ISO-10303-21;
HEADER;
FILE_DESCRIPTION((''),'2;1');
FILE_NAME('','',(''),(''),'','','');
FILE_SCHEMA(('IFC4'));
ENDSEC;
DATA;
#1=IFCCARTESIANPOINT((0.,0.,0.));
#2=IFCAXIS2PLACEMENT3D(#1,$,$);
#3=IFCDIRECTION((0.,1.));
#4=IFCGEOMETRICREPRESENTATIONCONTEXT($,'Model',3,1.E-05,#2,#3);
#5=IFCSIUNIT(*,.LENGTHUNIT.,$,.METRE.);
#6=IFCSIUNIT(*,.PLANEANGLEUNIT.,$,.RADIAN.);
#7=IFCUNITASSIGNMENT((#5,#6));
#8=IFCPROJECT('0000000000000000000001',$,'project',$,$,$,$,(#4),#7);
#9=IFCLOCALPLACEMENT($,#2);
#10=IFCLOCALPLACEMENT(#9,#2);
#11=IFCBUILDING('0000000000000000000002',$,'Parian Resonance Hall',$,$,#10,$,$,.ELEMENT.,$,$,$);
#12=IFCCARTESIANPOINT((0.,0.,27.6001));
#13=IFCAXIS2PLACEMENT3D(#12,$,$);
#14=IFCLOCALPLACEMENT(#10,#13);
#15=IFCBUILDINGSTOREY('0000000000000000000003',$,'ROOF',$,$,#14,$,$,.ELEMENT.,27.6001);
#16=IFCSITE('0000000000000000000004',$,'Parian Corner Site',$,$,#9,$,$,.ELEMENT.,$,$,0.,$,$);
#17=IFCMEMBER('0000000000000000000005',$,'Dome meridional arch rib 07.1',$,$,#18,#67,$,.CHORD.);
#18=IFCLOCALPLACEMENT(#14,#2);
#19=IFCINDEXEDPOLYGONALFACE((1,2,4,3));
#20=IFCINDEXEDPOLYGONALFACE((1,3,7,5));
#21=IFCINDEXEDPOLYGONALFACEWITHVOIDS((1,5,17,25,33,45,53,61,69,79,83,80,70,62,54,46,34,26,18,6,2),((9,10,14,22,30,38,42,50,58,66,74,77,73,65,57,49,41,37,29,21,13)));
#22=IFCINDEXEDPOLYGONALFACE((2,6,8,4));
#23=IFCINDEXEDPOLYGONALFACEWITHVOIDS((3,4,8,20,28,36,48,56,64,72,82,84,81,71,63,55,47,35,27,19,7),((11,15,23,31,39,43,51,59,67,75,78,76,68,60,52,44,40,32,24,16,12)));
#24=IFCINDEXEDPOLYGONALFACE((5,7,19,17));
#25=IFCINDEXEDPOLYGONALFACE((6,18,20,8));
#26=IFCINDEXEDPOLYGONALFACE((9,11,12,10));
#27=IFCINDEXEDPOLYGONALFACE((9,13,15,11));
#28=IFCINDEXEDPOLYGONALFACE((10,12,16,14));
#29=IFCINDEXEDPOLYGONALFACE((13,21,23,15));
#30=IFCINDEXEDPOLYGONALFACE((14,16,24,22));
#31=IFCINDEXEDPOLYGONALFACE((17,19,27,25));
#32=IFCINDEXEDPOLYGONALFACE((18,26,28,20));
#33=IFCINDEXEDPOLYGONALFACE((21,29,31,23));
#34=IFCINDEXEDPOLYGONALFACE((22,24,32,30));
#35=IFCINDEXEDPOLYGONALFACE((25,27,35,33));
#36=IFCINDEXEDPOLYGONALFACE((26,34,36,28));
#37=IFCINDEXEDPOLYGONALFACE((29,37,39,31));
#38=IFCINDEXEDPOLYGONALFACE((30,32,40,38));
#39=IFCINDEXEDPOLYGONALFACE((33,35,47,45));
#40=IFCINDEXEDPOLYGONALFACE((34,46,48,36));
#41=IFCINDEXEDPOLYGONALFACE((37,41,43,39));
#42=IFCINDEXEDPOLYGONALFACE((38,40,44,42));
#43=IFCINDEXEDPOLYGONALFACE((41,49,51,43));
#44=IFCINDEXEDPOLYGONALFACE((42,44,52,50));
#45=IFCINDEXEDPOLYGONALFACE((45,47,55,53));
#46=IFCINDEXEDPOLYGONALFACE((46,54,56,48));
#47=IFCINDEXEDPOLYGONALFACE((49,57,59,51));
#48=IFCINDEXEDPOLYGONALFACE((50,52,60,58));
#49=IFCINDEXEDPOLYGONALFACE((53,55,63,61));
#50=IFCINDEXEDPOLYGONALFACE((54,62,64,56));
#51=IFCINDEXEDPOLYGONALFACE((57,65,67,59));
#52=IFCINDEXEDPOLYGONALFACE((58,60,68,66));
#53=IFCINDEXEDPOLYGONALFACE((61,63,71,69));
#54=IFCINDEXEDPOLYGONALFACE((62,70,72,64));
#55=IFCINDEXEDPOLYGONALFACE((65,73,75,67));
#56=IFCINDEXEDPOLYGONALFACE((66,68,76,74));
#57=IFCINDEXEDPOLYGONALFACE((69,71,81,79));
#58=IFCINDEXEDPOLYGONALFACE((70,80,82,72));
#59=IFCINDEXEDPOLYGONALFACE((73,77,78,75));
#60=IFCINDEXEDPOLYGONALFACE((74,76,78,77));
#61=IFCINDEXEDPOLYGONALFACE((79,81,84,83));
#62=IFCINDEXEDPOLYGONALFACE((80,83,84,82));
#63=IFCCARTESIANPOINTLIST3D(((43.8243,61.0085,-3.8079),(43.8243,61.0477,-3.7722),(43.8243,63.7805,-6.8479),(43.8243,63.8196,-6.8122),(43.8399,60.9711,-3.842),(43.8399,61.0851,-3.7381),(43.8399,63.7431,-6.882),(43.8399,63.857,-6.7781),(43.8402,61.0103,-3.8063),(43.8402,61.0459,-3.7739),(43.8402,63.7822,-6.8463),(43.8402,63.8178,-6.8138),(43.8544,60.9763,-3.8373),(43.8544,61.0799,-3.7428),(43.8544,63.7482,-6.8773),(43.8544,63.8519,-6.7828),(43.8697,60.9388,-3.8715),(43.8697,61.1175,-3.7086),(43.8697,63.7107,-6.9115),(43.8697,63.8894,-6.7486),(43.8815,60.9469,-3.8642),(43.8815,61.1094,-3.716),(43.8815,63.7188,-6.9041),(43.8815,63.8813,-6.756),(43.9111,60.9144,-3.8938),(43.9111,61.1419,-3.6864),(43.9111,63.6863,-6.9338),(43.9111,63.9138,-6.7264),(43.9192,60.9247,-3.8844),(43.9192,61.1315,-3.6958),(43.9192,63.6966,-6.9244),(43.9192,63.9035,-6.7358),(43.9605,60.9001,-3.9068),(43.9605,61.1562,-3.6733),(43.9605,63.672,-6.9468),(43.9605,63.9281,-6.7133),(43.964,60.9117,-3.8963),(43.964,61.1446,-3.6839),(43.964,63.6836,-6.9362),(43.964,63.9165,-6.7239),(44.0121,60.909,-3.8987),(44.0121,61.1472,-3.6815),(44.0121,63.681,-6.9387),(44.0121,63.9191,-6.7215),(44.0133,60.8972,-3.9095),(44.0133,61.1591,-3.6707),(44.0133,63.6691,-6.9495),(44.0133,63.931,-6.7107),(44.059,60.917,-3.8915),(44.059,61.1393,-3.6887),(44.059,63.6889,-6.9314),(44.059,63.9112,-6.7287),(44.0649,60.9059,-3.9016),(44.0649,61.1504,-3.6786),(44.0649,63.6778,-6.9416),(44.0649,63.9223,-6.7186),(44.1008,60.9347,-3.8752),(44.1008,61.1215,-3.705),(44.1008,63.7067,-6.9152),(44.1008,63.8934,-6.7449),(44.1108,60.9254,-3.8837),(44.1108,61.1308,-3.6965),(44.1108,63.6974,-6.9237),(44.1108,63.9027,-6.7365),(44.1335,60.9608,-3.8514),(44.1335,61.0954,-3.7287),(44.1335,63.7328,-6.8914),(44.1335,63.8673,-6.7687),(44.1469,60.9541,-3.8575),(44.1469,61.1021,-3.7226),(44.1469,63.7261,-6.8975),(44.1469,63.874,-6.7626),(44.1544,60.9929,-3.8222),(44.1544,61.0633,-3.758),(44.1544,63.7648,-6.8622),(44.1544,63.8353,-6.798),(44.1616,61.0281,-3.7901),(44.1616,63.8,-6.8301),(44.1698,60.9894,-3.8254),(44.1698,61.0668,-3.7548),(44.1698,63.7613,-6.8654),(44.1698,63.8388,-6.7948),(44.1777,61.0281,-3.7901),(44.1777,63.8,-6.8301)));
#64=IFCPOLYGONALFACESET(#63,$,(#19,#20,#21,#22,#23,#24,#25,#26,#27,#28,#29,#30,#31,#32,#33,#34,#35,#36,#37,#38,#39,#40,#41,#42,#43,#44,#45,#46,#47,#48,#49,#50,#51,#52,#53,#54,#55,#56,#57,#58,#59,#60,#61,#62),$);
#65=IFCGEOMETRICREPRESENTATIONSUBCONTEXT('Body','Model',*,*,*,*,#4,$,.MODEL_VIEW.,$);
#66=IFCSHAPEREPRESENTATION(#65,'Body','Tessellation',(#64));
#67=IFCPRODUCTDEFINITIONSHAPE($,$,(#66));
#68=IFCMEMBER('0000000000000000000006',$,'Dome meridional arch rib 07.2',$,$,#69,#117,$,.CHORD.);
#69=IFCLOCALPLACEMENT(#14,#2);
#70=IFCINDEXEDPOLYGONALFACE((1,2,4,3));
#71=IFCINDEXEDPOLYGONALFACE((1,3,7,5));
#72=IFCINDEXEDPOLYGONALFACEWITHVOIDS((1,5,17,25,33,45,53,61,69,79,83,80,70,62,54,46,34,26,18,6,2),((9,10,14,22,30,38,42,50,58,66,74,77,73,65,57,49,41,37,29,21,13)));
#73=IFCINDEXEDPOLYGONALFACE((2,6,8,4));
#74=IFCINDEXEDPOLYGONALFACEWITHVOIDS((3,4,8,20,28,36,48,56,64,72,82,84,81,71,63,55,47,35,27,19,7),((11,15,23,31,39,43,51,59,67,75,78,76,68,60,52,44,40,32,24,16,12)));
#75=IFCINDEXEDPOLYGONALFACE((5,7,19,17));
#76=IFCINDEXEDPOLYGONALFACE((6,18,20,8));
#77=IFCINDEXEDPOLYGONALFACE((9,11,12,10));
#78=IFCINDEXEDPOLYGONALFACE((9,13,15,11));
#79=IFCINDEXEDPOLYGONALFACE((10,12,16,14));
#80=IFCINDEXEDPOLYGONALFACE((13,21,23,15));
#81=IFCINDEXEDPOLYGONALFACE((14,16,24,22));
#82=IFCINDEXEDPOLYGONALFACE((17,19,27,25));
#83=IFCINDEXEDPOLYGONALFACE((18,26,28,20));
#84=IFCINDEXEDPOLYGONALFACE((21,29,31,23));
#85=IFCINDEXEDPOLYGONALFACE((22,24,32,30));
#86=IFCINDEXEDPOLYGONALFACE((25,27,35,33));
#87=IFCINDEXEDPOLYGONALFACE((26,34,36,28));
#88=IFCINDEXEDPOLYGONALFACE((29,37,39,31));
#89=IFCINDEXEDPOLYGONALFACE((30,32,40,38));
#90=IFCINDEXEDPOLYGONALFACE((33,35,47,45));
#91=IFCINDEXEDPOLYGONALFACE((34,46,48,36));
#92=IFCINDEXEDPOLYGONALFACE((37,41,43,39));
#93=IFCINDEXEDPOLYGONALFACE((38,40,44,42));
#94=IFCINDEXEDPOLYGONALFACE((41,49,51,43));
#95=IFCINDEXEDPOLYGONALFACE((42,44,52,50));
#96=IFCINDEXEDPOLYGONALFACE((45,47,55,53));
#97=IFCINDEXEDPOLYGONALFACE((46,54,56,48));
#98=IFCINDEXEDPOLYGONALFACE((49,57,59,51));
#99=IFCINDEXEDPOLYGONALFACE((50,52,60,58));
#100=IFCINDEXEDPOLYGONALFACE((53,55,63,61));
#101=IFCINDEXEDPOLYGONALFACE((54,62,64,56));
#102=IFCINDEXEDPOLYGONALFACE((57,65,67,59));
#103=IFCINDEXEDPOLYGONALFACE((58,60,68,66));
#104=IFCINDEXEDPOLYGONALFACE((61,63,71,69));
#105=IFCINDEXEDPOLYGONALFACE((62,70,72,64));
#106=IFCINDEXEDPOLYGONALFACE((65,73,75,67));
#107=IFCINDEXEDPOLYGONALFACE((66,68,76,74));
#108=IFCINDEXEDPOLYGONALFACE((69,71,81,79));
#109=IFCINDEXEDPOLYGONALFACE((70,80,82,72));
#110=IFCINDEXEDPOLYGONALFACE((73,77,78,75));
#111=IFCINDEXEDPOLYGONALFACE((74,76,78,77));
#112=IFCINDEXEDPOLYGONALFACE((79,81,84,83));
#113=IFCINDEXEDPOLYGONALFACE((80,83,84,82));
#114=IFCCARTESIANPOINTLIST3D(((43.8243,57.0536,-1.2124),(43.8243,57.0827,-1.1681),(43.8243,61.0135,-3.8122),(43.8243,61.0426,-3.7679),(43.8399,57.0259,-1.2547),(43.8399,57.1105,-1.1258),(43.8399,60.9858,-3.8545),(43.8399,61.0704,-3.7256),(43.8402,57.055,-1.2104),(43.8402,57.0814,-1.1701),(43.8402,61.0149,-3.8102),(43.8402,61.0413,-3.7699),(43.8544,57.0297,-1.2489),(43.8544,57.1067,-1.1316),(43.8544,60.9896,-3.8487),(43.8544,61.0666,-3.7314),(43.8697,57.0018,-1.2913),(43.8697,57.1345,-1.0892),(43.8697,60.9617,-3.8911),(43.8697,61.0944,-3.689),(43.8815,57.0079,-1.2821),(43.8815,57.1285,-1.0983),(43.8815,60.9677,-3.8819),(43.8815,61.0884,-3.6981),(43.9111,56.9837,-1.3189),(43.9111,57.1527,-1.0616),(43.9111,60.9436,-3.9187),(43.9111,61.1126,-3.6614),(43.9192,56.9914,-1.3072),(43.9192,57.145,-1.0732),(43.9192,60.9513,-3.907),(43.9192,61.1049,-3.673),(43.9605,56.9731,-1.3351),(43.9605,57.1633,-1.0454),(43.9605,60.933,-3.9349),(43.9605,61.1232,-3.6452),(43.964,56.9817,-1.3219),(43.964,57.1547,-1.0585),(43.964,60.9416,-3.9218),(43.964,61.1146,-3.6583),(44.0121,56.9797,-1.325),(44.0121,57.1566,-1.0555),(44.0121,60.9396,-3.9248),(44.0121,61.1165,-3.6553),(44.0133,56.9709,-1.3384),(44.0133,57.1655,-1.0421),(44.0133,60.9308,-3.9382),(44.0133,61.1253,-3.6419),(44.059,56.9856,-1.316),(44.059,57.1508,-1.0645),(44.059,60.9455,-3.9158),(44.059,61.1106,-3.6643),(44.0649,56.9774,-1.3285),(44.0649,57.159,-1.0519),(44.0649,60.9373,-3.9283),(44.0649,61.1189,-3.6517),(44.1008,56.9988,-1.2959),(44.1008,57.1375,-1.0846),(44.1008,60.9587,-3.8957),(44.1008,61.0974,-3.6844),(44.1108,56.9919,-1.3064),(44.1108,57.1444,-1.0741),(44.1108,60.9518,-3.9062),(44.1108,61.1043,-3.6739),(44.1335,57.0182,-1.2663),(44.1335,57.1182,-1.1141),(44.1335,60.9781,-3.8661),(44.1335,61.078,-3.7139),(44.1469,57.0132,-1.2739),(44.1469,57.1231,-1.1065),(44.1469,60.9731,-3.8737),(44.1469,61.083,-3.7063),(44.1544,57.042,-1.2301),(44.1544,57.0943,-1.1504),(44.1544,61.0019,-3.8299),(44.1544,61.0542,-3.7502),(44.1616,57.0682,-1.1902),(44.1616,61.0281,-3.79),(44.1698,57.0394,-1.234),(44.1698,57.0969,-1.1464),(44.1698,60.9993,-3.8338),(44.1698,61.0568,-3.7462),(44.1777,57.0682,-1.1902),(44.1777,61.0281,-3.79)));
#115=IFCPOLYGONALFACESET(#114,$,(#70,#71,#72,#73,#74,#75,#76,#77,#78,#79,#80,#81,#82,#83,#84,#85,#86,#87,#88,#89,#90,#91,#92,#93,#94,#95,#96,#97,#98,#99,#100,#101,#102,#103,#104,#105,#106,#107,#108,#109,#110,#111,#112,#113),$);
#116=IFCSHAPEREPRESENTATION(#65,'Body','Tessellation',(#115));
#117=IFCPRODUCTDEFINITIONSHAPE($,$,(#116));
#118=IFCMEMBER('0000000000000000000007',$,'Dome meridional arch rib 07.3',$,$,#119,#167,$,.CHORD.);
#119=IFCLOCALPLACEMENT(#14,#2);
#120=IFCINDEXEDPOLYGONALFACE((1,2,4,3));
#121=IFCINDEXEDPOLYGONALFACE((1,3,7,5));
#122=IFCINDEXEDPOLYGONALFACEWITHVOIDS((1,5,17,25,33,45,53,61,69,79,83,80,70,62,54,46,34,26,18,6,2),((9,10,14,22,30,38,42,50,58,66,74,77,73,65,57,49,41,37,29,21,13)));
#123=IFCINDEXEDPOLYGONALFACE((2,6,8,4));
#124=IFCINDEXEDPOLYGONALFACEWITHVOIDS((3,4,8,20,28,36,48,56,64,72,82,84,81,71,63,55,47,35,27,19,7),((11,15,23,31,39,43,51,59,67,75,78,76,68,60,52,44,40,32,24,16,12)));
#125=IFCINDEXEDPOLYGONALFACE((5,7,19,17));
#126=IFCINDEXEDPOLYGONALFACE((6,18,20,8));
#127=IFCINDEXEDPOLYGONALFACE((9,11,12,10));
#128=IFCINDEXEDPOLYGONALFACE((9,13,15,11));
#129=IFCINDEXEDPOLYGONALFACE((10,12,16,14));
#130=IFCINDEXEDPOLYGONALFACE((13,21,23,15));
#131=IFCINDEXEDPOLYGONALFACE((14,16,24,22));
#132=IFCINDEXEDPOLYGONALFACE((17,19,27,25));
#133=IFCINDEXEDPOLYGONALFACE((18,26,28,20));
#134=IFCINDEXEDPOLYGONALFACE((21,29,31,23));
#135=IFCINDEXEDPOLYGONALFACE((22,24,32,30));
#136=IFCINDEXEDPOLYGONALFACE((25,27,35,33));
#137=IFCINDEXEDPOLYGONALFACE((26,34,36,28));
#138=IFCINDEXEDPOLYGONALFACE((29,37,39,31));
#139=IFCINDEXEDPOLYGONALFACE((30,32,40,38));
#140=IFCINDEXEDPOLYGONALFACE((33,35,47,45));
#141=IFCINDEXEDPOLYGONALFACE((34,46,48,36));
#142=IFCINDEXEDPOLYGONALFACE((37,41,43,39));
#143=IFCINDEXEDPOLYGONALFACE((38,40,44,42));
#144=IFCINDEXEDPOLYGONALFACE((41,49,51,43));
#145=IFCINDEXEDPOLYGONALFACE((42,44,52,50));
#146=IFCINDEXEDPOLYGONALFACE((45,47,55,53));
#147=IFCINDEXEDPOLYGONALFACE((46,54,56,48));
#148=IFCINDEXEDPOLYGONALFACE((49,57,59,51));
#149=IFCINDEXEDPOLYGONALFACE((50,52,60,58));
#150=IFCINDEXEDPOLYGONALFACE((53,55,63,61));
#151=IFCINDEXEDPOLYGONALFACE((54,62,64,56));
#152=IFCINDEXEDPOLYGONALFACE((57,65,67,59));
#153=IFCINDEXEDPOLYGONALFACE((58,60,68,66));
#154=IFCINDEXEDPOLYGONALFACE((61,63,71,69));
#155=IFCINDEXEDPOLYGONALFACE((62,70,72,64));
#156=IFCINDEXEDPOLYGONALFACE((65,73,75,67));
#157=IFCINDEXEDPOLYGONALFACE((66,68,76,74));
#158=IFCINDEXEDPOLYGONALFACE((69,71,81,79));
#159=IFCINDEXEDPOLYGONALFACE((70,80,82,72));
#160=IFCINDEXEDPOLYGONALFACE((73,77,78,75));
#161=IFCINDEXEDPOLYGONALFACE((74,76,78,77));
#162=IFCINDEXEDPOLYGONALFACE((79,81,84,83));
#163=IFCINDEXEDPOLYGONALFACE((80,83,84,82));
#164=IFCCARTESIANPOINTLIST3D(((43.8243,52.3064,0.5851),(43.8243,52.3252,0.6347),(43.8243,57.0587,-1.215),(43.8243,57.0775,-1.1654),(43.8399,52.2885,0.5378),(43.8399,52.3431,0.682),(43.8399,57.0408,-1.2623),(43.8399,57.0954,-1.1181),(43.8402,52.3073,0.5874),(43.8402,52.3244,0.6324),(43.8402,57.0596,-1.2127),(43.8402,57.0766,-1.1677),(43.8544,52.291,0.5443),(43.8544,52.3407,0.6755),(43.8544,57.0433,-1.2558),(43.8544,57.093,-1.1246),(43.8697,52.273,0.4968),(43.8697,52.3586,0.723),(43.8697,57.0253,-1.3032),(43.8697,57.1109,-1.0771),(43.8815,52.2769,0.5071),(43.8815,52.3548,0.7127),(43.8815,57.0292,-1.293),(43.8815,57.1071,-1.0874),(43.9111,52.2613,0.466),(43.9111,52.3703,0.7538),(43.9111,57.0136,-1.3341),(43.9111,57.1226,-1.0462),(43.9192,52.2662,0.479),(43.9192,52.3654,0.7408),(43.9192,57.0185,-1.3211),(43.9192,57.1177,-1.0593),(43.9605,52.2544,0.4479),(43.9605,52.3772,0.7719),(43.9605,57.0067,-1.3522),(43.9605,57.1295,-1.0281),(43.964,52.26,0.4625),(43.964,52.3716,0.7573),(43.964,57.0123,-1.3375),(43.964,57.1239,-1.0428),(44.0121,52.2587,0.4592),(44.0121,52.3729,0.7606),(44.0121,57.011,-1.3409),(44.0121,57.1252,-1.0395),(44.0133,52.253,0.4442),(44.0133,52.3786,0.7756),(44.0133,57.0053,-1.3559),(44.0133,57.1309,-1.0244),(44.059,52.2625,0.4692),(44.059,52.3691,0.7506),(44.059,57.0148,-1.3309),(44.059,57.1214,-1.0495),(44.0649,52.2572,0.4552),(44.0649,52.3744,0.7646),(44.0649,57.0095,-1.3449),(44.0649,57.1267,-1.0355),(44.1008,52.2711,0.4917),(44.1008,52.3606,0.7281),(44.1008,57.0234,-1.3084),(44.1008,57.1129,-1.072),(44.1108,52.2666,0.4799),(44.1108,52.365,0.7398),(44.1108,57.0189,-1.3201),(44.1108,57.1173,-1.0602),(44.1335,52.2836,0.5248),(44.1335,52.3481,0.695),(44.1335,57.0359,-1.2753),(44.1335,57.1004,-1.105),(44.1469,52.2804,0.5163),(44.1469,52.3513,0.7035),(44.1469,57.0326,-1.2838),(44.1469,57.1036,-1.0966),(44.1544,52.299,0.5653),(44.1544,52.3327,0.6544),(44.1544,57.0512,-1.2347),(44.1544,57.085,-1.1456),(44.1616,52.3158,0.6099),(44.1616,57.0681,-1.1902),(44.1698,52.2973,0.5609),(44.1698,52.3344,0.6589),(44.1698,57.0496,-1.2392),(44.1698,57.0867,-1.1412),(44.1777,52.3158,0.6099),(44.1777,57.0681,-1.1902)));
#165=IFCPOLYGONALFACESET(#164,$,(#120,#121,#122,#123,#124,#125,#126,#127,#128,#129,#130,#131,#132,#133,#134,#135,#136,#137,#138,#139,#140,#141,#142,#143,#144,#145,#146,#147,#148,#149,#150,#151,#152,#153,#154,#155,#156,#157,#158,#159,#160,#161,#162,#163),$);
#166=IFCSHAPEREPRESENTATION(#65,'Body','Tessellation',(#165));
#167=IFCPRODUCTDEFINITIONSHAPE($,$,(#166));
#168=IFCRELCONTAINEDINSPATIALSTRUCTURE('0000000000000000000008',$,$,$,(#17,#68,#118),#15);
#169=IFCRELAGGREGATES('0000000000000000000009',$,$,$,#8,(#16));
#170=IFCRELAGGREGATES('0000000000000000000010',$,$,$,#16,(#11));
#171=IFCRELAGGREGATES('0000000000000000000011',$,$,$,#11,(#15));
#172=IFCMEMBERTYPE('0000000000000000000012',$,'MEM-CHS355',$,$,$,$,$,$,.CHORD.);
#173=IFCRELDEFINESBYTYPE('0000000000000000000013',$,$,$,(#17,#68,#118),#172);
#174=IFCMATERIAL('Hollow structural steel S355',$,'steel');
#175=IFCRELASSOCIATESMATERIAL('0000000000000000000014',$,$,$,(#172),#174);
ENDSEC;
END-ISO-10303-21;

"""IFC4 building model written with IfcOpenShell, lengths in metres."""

from ifc_helpers import new_model, si_unit, direction, frame, origin, origin_2d, place, context, subcontext, project, spatial, hollow_circle, extrude, material, material_profile, profile_set, type_object, element, save


model = new_model("IFC4")

# Units and contexts
model_context = context("Model", 3, precision=1e-05, world=origin(), true_north=direction((0.0, 1.0)))
body_context = subcontext(model_context, "Body", "Model", "MODEL_VIEW")
ifc_project = project(units=[si_unit("LENGTHUNIT", "METRE"), si_unit("PLANEANGLEUNIT", "RADIAN")], contexts=[model_context])

# Site, building, storey
site_placement = place(None, origin())
site = spatial("IfcSite", under=ifc_project, at=site_placement, Name="Parian Corner Site", CompositionType="ELEMENT", RefElevation=0.0)
building_placement = place(site_placement, origin())
building = spatial("IfcBuilding", under=site, at=building_placement, Name="Parian Resonance Hall", CompositionType="ELEMENT")
storey_placement = place(building_placement, frame((0.0, 0.0, 27.6001)))
storey = spatial("IfcBuildingStorey", under=building, at=storey_placement, Name="ROOF", CompositionType="ELEMENT", Elevation=27.6001)

# Members
ifc_material_1 = material(Name="Hollow structural steel S355", Category="steel")
ifc_material_profile_1 = material_profile(ifc_material_1, hollow_circle(Radius=0.1777, WallThickness=0.0161, at=origin_2d()), Name="CHS355.6x16")
ifc_profile_set_1 = profile_set([ifc_material_profile_1], Name="Hollow structural steel S355")
member_type_1 = type_object("IfcMemberType", Name="MEM-CHS355", PredefinedType="CHORD", material=ifc_profile_set_1)
member_1_placement = place(storey_placement, frame((44.0, 63.8, -6.8301), z_axis=(0.0, -0.673777, 0.738935), x_axis=(1.0, 0.0, 0.0)))
element("IfcMember", 1, at=member_1_placement, inside=storey, type_object=member_type_1, Name="Dome meridional arch rib 07.1", PredefinedType="CHORD", context=body_context, shape_type="SweptSolid", body=[
    extrude(hollow_circle(Radius=0.1777, WallThickness=0.0161, at=origin_2d()), origin(), (0.0, 0.0, 1.0), 4.114),
])
member_2_placement = place(storey_placement, frame((44.0, 61.0281, -3.79), z_axis=(0.0, -0.835939, 0.548823), x_axis=(1.0, 0.0, 0.0)))
element("IfcMember", 2, at=member_2_placement, inside=storey, type_object=member_type_1, Name="Dome meridional arch rib 07.2", PredefinedType="CHORD", context=body_context, shape_type="SweptSolid", body=[
    extrude(hollow_circle(Radius=0.1777, WallThickness=0.0161, at=origin_2d()), origin(), (0.0, 0.0, 1.0), 4.7371),
])
member_3_placement = place(storey_placement, frame((44.0, 57.0681, -1.1902), z_axis=(0.0, -0.935161, 0.354223), x_axis=(1.0, 0.0, 0.0)))
element("IfcMember", 3, at=member_3_placement, inside=storey, type_object=member_type_1, Name="Dome meridional arch rib 07.3", PredefinedType="CHORD", context=body_context, shape_type="SweptSolid", body=[
    extrude(hollow_circle(Radius=0.1777, WallThickness=0.0161, at=origin_2d()), origin(), (0.0, 0.0, 1.0), 5.0818),
])

save(model, "model.ifc")
